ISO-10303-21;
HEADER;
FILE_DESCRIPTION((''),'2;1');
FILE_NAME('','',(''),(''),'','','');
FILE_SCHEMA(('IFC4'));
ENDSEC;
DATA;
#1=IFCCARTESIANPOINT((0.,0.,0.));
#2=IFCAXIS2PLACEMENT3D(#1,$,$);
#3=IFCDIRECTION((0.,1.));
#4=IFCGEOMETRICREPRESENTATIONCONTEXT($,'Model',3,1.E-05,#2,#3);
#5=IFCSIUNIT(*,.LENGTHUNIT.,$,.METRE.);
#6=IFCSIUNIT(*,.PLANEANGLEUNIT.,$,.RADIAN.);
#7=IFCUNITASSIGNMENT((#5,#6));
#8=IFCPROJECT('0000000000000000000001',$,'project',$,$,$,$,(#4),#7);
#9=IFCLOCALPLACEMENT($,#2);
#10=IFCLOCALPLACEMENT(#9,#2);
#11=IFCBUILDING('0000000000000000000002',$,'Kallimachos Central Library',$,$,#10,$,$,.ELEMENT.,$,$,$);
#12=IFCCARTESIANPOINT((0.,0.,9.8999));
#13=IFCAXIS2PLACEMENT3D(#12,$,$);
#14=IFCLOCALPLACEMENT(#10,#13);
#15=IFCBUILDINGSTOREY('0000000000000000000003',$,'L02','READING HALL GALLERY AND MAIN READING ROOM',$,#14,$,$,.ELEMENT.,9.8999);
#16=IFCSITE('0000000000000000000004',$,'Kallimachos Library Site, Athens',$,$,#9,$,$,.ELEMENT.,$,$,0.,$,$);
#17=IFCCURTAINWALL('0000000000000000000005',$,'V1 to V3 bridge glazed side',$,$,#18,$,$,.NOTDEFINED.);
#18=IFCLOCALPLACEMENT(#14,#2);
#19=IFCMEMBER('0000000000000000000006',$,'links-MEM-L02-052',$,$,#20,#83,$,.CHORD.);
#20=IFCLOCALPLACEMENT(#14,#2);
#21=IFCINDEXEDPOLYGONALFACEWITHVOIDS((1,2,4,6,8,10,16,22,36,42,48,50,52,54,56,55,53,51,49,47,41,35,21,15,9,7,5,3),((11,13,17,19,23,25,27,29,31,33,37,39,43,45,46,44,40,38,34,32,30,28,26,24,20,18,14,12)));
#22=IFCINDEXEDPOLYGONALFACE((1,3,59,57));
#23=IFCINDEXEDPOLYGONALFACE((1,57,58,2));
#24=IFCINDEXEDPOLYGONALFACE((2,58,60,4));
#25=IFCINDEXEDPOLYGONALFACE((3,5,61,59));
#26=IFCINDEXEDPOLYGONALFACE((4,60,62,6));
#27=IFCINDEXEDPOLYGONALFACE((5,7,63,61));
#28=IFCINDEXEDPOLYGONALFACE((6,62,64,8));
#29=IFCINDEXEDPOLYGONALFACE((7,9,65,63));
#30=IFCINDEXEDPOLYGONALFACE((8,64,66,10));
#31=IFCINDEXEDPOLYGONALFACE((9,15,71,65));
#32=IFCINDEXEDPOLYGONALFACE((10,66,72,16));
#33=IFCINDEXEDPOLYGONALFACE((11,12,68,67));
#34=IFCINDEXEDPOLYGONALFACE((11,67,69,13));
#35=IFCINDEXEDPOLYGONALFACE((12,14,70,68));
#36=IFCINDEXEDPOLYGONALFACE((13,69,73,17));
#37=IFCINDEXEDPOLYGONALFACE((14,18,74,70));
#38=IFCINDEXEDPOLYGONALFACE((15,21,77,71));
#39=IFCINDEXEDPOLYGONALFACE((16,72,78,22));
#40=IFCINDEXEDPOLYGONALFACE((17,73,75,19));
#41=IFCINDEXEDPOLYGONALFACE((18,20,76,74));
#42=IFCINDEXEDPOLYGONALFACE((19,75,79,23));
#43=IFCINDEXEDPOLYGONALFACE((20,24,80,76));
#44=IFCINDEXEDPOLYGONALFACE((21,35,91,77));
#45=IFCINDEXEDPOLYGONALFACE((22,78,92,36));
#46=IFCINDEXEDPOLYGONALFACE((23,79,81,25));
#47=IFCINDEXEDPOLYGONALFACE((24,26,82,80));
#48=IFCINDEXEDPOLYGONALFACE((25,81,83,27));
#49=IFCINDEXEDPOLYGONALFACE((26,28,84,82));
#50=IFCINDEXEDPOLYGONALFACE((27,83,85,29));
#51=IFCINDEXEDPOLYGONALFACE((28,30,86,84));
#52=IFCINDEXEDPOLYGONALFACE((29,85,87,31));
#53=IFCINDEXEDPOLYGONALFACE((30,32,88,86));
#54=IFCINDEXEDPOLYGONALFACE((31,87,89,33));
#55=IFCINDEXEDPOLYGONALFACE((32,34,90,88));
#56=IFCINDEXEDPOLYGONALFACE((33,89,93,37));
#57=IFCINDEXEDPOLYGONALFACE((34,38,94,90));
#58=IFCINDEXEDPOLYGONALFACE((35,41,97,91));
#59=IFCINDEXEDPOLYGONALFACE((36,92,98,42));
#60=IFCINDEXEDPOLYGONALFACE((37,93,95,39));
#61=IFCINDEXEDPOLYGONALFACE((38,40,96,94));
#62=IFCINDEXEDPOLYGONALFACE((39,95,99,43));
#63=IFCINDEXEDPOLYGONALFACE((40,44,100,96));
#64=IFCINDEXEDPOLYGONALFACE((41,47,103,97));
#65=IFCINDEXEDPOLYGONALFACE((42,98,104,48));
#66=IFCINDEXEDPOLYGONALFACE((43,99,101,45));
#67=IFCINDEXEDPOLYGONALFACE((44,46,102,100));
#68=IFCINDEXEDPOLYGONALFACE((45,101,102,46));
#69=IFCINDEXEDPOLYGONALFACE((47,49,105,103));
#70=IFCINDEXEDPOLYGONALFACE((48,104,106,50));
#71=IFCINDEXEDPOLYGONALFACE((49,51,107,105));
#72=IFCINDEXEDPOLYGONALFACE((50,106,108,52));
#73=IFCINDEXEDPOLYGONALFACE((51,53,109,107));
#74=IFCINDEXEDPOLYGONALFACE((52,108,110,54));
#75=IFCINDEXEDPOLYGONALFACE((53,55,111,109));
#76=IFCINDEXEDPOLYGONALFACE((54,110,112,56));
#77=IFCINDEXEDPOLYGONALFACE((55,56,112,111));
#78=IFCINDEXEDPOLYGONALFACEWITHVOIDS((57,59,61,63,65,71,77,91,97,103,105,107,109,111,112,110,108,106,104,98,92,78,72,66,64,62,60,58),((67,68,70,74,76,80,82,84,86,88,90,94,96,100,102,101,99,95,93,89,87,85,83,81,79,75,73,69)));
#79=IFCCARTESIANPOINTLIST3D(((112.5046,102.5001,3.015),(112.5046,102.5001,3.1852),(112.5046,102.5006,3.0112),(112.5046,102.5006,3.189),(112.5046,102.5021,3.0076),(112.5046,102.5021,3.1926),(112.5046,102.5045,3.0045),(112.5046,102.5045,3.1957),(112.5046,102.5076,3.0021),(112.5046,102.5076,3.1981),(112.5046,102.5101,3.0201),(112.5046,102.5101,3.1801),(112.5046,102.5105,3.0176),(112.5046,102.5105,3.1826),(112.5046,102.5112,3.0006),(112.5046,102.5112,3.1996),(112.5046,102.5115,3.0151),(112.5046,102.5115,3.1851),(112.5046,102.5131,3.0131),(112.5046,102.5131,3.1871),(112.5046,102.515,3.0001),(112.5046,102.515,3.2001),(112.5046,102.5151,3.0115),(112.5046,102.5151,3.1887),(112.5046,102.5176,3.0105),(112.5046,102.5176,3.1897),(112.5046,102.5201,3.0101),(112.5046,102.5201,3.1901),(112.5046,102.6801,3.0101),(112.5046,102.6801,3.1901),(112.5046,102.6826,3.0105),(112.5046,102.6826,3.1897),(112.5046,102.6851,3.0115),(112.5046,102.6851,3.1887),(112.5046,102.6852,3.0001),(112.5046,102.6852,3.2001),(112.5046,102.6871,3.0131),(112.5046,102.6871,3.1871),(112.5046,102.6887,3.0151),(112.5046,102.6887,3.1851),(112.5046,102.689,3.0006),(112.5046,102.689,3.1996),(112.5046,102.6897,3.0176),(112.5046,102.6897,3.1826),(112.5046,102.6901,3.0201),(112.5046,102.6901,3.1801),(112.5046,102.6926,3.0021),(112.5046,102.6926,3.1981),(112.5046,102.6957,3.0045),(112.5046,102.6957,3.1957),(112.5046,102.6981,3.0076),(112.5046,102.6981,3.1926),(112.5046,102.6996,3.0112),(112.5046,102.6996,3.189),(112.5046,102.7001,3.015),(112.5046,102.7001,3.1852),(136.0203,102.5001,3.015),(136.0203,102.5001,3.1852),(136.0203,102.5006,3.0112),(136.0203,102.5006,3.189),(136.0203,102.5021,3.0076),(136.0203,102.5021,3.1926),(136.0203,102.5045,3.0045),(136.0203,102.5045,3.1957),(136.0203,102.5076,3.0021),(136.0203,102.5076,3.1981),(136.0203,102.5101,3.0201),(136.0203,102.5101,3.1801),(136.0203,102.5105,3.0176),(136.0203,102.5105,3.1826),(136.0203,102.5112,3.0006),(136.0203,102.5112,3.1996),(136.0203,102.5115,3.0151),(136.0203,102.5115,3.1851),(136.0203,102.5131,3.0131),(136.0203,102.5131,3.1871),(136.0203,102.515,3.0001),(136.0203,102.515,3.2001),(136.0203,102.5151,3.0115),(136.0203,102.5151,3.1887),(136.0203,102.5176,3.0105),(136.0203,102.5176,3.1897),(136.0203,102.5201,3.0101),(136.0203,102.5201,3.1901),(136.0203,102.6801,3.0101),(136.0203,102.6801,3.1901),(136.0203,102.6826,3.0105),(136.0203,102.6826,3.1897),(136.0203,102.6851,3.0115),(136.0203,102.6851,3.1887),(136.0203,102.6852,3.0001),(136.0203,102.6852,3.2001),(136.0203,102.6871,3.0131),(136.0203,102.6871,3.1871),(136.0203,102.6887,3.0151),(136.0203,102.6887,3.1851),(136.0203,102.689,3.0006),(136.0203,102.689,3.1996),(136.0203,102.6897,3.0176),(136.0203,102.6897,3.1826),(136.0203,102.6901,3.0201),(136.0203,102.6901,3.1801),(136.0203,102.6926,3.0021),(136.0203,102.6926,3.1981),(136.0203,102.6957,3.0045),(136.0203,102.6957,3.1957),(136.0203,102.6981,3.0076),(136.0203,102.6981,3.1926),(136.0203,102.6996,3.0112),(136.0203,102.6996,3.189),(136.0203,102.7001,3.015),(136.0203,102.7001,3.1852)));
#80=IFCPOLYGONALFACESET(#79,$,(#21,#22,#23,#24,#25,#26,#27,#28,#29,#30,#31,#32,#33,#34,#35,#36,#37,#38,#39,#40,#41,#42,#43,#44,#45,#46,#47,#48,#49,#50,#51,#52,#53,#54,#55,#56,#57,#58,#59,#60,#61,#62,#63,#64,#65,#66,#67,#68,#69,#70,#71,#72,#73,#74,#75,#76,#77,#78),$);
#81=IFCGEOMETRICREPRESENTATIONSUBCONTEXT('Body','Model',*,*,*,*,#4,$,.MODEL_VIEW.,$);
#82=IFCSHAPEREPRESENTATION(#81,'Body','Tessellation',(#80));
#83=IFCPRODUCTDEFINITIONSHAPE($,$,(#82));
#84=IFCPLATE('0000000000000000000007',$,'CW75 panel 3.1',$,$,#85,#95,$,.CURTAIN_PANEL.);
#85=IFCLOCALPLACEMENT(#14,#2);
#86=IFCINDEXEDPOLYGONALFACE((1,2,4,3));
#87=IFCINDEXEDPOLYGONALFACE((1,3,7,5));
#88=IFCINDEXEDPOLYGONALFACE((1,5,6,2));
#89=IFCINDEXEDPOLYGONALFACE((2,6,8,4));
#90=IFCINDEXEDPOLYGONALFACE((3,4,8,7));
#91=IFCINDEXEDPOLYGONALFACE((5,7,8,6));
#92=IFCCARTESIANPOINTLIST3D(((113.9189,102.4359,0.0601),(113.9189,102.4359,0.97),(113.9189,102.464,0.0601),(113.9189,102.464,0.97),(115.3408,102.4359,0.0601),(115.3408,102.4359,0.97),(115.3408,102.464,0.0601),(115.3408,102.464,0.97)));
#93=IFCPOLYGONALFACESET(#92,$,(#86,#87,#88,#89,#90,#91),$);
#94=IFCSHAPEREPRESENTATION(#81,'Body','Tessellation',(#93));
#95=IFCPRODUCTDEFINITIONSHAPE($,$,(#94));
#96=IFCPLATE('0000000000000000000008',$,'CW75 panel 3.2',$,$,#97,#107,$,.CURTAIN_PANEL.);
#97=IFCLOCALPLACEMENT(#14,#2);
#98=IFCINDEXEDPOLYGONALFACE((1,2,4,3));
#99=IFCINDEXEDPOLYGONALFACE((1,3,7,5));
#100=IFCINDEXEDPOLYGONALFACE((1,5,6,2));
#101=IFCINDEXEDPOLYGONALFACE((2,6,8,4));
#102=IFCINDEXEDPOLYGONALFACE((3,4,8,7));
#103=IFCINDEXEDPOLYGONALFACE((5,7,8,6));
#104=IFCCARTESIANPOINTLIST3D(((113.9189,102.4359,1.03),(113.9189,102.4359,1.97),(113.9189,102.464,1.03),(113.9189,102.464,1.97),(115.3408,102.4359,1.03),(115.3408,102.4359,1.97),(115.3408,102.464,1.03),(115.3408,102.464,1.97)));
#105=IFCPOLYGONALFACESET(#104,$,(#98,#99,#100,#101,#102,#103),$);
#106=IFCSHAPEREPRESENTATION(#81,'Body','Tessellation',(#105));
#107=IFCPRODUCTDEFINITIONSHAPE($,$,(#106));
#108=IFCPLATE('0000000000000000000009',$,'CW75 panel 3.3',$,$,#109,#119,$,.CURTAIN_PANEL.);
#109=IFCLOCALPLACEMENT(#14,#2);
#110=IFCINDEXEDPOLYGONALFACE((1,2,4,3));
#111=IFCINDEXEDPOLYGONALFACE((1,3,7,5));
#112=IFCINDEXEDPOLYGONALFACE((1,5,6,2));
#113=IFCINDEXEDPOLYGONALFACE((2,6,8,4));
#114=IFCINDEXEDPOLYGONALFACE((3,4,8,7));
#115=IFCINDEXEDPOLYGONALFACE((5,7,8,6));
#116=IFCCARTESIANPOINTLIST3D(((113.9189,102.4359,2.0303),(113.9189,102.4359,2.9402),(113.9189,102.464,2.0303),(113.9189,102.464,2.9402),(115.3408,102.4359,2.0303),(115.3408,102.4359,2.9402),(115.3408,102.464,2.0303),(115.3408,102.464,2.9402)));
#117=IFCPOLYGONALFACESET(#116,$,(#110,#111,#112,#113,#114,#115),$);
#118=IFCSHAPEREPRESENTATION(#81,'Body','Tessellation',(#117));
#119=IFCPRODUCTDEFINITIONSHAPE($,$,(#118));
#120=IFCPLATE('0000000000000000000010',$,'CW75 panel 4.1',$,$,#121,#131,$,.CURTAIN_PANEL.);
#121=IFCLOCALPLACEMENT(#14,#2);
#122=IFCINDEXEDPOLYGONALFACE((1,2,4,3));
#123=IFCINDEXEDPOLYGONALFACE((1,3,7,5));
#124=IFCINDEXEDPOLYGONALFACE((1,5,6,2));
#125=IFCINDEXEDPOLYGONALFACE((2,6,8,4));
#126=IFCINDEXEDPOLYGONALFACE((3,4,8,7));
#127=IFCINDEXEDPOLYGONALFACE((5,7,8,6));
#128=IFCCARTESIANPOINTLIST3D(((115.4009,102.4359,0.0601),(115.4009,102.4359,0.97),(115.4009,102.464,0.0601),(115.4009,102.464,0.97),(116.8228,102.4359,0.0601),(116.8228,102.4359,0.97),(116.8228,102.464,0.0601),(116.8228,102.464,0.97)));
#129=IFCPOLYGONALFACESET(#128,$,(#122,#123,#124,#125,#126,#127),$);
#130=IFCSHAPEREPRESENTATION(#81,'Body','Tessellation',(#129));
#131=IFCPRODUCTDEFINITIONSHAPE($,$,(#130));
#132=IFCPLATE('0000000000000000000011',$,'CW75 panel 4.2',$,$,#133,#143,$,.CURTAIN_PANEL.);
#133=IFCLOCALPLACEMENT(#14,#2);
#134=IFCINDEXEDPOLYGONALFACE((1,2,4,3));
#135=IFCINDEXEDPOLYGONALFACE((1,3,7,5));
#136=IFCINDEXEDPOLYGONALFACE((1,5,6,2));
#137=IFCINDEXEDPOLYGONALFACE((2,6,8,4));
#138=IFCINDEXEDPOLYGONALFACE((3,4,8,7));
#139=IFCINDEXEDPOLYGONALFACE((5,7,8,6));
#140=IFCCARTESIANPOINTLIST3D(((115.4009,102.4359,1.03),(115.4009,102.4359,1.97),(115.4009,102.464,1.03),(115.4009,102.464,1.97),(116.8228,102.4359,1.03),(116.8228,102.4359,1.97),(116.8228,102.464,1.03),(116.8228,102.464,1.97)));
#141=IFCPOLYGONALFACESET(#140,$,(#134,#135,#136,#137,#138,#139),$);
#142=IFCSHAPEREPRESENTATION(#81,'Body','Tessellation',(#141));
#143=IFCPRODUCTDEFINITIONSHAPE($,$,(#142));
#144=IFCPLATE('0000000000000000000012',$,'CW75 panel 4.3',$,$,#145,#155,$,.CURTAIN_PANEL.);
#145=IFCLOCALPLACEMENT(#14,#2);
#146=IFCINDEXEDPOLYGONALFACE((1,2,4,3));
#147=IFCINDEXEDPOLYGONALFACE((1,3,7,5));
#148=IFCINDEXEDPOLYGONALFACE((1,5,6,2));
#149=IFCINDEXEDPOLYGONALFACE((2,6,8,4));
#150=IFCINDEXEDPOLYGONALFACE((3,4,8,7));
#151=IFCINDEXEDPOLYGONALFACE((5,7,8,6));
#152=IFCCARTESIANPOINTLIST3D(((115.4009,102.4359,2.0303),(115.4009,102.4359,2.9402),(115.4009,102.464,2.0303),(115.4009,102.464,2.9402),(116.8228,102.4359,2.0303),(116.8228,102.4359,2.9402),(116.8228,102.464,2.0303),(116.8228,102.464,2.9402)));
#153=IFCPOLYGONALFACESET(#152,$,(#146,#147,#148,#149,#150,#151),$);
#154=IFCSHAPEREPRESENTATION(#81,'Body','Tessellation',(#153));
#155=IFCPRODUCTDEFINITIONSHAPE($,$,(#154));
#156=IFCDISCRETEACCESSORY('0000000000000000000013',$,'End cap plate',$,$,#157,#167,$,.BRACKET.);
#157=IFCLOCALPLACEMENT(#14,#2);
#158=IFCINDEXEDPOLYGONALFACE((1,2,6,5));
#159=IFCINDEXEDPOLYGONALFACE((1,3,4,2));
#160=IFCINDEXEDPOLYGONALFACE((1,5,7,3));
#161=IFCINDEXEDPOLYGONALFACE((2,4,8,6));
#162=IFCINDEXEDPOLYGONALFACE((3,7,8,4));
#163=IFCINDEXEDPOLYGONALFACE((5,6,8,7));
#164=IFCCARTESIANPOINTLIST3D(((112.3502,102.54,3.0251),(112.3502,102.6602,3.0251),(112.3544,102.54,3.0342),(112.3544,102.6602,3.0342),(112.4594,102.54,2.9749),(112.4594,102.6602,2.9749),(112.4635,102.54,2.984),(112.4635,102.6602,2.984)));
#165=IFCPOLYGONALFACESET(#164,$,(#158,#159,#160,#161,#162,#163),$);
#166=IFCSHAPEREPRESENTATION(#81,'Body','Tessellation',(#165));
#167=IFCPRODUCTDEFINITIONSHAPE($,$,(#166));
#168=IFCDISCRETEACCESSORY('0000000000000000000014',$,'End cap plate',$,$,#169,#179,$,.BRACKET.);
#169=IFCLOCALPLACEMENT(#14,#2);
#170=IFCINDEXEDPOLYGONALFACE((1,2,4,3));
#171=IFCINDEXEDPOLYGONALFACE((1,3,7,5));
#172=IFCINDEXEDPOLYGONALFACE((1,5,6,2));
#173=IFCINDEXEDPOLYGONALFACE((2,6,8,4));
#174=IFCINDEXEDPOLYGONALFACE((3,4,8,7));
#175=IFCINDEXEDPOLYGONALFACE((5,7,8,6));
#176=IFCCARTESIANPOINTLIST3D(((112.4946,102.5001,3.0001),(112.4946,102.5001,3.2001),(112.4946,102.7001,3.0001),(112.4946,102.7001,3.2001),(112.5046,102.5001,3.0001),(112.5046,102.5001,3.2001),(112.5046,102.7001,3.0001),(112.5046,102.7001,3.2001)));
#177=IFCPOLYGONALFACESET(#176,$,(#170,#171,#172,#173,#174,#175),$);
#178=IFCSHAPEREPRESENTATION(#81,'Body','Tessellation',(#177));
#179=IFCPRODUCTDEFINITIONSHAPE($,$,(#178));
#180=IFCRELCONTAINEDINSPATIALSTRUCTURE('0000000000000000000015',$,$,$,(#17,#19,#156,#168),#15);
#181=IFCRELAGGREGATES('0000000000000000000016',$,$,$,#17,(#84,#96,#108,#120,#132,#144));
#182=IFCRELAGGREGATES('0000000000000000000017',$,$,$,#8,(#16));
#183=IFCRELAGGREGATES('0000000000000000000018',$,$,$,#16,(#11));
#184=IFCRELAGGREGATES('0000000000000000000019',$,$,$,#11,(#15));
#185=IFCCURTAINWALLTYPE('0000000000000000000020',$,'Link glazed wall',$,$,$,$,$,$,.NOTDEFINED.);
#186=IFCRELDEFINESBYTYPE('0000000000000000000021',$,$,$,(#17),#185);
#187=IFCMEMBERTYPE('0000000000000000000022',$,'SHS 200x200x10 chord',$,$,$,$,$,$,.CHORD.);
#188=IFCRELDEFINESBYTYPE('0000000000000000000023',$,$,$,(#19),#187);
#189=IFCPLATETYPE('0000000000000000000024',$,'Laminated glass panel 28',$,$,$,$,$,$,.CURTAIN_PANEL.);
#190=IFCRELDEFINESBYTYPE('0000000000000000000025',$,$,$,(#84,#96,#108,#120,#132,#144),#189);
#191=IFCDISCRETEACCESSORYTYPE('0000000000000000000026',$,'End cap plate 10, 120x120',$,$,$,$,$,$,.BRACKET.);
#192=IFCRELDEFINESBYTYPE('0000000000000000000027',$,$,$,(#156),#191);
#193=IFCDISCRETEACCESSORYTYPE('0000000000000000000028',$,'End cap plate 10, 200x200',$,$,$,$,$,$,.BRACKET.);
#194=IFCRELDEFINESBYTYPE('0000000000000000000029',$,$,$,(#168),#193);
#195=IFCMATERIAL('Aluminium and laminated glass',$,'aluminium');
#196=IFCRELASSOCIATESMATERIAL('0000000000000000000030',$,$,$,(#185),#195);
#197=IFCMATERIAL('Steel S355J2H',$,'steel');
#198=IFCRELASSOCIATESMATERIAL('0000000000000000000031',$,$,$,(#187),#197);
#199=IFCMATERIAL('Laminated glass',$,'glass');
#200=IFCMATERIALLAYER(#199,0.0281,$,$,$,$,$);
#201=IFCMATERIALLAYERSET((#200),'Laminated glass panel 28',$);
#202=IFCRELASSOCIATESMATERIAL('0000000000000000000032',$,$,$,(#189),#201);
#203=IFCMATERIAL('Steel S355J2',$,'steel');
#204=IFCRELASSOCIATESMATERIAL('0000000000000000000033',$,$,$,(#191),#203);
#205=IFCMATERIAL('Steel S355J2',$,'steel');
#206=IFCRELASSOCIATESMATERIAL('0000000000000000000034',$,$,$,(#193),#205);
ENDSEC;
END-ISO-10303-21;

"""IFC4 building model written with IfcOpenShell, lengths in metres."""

from ifc_helpers import new_model, si_unit, direction, frame, origin, origin_2d, place, context, subcontext, project, spatial, rectangle, hollow_rectangle, extrude, material, layer, layer_set, material_profile, profile_set, type_object, element, aggregate, save


model = new_model("IFC4")

# Units and contexts
model_context = context("Model", 3, precision=1e-05, world=origin(), true_north=direction((0.0, 1.0)))
body_context = subcontext(model_context, "Body", "Model", "MODEL_VIEW")
ifc_project = project(units=[si_unit("LENGTHUNIT", "METRE"), si_unit("PLANEANGLEUNIT", "RADIAN")], contexts=[model_context])

# Site, building, storey
site_placement = place(None, origin())
site = spatial("IfcSite", under=ifc_project, at=site_placement, Name="Kallimachos Library Site, Athens", CompositionType="ELEMENT", RefElevation=0.0)
building_placement = place(site_placement, origin())
building = spatial("IfcBuilding", under=site, at=building_placement, Name="Kallimachos Central Library", CompositionType="ELEMENT")
storey_placement = place(building_placement, frame((0.0, 0.0, 9.8999)))
storey = spatial("IfcBuildingStorey", under=building, at=storey_placement, Name="L02", Description="READING HALL GALLERY AND MAIN READING ROOM", CompositionType="ELEMENT", Elevation=9.8999)

# Curtain wall
ifc_material_1 = material(Name="Aluminium and laminated glass", Category="aluminium")
curtain_wall_type = type_object("IfcCurtainWallType", Name="Link glazed wall", PredefinedType="NOTDEFINED", material=ifc_material_1)
curtain_wall_placement = place(storey_placement, origin())
curtain_wall = element("IfcCurtainWall", 1, at=curtain_wall_placement, inside=storey, type_object=curtain_wall_type, Name="V1 to V3 bridge glazed side", PredefinedType="NOTDEFINED")

# Member
ifc_material_2 = material(Name="Steel S355J2H", Category="steel")
ifc_material_profile_1 = material_profile(ifc_material_2, hollow_rectangle(XDim=0.2, YDim=0.2, WallThickness=0.01, InnerFilletRadius=0.01, OuterFilletRadius=0.0149, at=origin_2d()), Name="SHS 200x200x10")
ifc_profile_set_1 = profile_set([ifc_material_profile_1], Name="Steel S355J2H")
member_type_1 = type_object("IfcMemberType", Name="SHS 200x200x10 chord", PredefinedType="CHORD", material=ifc_profile_set_1)
member_1_placement = place(storey_placement, frame((112.5046, 102.6001, 3.1001), z_axis=(1.0, 0.0, 0.0), x_axis=(0.0, 1.0, 0.0)))
element("IfcMember", 2, at=member_1_placement, inside=storey, type_object=member_type_1, Name="links-MEM-L02-052", PredefinedType="CHORD", context=body_context, shape_type="SweptSolid", body=[
    extrude(hollow_rectangle(XDim=0.2, YDim=0.2, WallThickness=0.01, InnerFilletRadius=0.01, OuterFilletRadius=0.0149, at=origin_2d()), origin(), (0.0, 0.0, 1.0), 23.5156),
])

# Plates
ifc_material_3 = material(Name="Laminated glass", Category="glass")
ifc_layer = layer(ifc_material_3, 0.0281)
ifc_layer_set = layer_set([ifc_layer], Name="Laminated glass panel 28")
plate_type = type_object("IfcPlateType", Name="Laminated glass panel 28", PredefinedType="CURTAIN_PANEL", material=ifc_layer_set)
plate_1_placement = place(storey_placement, frame((114.6299, 102.45, 0.0601), z_axis=(0.0, 0.0, 1.0), x_axis=(1.0, 0.0, 0.0)))
plate_1 = element("IfcPlate", 3, at=plate_1_placement, type_object=plate_type, Name="CW75 panel 3.1", PredefinedType="CURTAIN_PANEL", context=body_context, shape_type="SweptSolid", body=[
    extrude(rectangle(XDim=1.4219, YDim=0.0281, at=origin_2d()), origin(), (0.0, 0.0, 1.0), 0.9099),
])
plate_2_placement = place(storey_placement, frame((114.6299, 102.45, 1.03), z_axis=(0.0, 0.0, 1.0), x_axis=(1.0, 0.0, 0.0)))
plate_2 = element("IfcPlate", 4, at=plate_2_placement, type_object=plate_type, Name="CW75 panel 3.2", PredefinedType="CURTAIN_PANEL", context=body_context, shape_type="SweptSolid", body=[
    extrude(rectangle(XDim=1.4219, YDim=0.0281, at=origin_2d()), origin(), (0.0, 0.0, 1.0), 0.9399),
])
plate_3_placement = place(storey_placement, frame((114.6299, 102.45, 2.0303), z_axis=(0.0, 0.0, 1.0), x_axis=(1.0, 0.0, 0.0)))
plate_3 = element("IfcPlate", 5, at=plate_3_placement, type_object=plate_type, Name="CW75 panel 3.3", PredefinedType="CURTAIN_PANEL", context=body_context, shape_type="SweptSolid", body=[
    extrude(rectangle(XDim=1.4219, YDim=0.0281, at=origin_2d()), origin(), (0.0, 0.0, 1.0), 0.9099),
])
plate_4_placement = place(storey_placement, frame((116.1118, 102.45, 0.0601), z_axis=(0.0, 0.0, 1.0), x_axis=(1.0, 0.0, 0.0)))
plate_4 = element("IfcPlate", 6, at=plate_4_placement, type_object=plate_type, Name="CW75 panel 4.1", PredefinedType="CURTAIN_PANEL", context=body_context, shape_type="SweptSolid", body=[
    extrude(rectangle(XDim=1.4219, YDim=0.0281, at=origin_2d()), origin(), (0.0, 0.0, 1.0), 0.9099),
])
plate_5_placement = place(storey_placement, frame((116.1118, 102.45, 1.03), z_axis=(0.0, 0.0, 1.0), x_axis=(1.0, 0.0, 0.0)))
plate_5 = element("IfcPlate", 7, at=plate_5_placement, type_object=plate_type, Name="CW75 panel 4.2", PredefinedType="CURTAIN_PANEL", context=body_context, shape_type="SweptSolid", body=[
    extrude(rectangle(XDim=1.4219, YDim=0.0281, at=origin_2d()), origin(), (0.0, 0.0, 1.0), 0.9399),
])
plate_6_placement = place(storey_placement, frame((116.1118, 102.45, 2.0303), z_axis=(0.0, 0.0, 1.0), x_axis=(1.0, 0.0, 0.0)))
plate_6 = element("IfcPlate", 8, at=plate_6_placement, type_object=plate_type, Name="CW75 panel 4.3", PredefinedType="CURTAIN_PANEL", context=body_context, shape_type="SweptSolid", body=[
    extrude(rectangle(XDim=1.4219, YDim=0.0281, at=origin_2d()), origin(), (0.0, 0.0, 1.0), 0.9099),
])
aggregate(curtain_wall, [plate_1, plate_2, plate_3, plate_4, plate_5, plate_6])

# Discrete accessories
ifc_material_4 = material(Name="Steel S355J2", Category="steel")
ifc_material_profile_2 = material_profile(ifc_material_4, rectangle(XDim=0.1201, YDim=0.1201, at=origin_2d()), Name="End cap plate 10, 120x120")
ifc_profile_set_2 = profile_set([ifc_material_profile_2], Name="Steel S355J2")
discrete_accessory_type_1 = type_object("IfcDiscreteAccessoryType", Name="End cap plate 10, 120x120", PredefinedType="BRACKET", material=ifc_profile_set_2)
discrete_accessory_1_placement = place(storey_placement, frame((112.4048, 102.6001, 3.0), z_axis=(0.4175, 0.0, 0.908677), x_axis=(0.0, 1.0, 0.0)))
element("IfcDiscreteAccessory", 9, at=discrete_accessory_1_placement, inside=storey, type_object=discrete_accessory_type_1, Name="End cap plate", PredefinedType="BRACKET", context=body_context, shape_type="SweptSolid", body=[
    extrude(rectangle(XDim=0.1201, YDim=0.1201, at=origin_2d()), origin(), (0.0, 0.0, 1.0), 0.01),
])
ifc_material_5 = material(Name="Steel S355J2", Category="steel")
ifc_material_profile_3 = material_profile(ifc_material_5, rectangle(XDim=0.2, YDim=0.2, at=origin_2d()), Name="End cap plate 10, 200x200")
ifc_profile_set_3 = profile_set([ifc_material_profile_3], Name="Steel S355J2")
discrete_accessory_type_2 = type_object("IfcDiscreteAccessoryType", Name="End cap plate 10, 200x200", PredefinedType="BRACKET", material=ifc_profile_set_3)
discrete_accessory_2_placement = place(storey_placement, frame((112.4946, 102.6001, 3.1001), z_axis=(1.0, 0.0, 0.0), x_axis=(0.0, 1.0, 0.0)))
element("IfcDiscreteAccessory", 10, at=discrete_accessory_2_placement, inside=storey, type_object=discrete_accessory_type_2, Name="End cap plate", PredefinedType="BRACKET", context=body_context, shape_type="SweptSolid", body=[
    extrude(rectangle(XDim=0.2, YDim=0.2, at=origin_2d()), origin(), (0.0, 0.0, 1.0), 0.01),
])

save(model, "model.ifc")
